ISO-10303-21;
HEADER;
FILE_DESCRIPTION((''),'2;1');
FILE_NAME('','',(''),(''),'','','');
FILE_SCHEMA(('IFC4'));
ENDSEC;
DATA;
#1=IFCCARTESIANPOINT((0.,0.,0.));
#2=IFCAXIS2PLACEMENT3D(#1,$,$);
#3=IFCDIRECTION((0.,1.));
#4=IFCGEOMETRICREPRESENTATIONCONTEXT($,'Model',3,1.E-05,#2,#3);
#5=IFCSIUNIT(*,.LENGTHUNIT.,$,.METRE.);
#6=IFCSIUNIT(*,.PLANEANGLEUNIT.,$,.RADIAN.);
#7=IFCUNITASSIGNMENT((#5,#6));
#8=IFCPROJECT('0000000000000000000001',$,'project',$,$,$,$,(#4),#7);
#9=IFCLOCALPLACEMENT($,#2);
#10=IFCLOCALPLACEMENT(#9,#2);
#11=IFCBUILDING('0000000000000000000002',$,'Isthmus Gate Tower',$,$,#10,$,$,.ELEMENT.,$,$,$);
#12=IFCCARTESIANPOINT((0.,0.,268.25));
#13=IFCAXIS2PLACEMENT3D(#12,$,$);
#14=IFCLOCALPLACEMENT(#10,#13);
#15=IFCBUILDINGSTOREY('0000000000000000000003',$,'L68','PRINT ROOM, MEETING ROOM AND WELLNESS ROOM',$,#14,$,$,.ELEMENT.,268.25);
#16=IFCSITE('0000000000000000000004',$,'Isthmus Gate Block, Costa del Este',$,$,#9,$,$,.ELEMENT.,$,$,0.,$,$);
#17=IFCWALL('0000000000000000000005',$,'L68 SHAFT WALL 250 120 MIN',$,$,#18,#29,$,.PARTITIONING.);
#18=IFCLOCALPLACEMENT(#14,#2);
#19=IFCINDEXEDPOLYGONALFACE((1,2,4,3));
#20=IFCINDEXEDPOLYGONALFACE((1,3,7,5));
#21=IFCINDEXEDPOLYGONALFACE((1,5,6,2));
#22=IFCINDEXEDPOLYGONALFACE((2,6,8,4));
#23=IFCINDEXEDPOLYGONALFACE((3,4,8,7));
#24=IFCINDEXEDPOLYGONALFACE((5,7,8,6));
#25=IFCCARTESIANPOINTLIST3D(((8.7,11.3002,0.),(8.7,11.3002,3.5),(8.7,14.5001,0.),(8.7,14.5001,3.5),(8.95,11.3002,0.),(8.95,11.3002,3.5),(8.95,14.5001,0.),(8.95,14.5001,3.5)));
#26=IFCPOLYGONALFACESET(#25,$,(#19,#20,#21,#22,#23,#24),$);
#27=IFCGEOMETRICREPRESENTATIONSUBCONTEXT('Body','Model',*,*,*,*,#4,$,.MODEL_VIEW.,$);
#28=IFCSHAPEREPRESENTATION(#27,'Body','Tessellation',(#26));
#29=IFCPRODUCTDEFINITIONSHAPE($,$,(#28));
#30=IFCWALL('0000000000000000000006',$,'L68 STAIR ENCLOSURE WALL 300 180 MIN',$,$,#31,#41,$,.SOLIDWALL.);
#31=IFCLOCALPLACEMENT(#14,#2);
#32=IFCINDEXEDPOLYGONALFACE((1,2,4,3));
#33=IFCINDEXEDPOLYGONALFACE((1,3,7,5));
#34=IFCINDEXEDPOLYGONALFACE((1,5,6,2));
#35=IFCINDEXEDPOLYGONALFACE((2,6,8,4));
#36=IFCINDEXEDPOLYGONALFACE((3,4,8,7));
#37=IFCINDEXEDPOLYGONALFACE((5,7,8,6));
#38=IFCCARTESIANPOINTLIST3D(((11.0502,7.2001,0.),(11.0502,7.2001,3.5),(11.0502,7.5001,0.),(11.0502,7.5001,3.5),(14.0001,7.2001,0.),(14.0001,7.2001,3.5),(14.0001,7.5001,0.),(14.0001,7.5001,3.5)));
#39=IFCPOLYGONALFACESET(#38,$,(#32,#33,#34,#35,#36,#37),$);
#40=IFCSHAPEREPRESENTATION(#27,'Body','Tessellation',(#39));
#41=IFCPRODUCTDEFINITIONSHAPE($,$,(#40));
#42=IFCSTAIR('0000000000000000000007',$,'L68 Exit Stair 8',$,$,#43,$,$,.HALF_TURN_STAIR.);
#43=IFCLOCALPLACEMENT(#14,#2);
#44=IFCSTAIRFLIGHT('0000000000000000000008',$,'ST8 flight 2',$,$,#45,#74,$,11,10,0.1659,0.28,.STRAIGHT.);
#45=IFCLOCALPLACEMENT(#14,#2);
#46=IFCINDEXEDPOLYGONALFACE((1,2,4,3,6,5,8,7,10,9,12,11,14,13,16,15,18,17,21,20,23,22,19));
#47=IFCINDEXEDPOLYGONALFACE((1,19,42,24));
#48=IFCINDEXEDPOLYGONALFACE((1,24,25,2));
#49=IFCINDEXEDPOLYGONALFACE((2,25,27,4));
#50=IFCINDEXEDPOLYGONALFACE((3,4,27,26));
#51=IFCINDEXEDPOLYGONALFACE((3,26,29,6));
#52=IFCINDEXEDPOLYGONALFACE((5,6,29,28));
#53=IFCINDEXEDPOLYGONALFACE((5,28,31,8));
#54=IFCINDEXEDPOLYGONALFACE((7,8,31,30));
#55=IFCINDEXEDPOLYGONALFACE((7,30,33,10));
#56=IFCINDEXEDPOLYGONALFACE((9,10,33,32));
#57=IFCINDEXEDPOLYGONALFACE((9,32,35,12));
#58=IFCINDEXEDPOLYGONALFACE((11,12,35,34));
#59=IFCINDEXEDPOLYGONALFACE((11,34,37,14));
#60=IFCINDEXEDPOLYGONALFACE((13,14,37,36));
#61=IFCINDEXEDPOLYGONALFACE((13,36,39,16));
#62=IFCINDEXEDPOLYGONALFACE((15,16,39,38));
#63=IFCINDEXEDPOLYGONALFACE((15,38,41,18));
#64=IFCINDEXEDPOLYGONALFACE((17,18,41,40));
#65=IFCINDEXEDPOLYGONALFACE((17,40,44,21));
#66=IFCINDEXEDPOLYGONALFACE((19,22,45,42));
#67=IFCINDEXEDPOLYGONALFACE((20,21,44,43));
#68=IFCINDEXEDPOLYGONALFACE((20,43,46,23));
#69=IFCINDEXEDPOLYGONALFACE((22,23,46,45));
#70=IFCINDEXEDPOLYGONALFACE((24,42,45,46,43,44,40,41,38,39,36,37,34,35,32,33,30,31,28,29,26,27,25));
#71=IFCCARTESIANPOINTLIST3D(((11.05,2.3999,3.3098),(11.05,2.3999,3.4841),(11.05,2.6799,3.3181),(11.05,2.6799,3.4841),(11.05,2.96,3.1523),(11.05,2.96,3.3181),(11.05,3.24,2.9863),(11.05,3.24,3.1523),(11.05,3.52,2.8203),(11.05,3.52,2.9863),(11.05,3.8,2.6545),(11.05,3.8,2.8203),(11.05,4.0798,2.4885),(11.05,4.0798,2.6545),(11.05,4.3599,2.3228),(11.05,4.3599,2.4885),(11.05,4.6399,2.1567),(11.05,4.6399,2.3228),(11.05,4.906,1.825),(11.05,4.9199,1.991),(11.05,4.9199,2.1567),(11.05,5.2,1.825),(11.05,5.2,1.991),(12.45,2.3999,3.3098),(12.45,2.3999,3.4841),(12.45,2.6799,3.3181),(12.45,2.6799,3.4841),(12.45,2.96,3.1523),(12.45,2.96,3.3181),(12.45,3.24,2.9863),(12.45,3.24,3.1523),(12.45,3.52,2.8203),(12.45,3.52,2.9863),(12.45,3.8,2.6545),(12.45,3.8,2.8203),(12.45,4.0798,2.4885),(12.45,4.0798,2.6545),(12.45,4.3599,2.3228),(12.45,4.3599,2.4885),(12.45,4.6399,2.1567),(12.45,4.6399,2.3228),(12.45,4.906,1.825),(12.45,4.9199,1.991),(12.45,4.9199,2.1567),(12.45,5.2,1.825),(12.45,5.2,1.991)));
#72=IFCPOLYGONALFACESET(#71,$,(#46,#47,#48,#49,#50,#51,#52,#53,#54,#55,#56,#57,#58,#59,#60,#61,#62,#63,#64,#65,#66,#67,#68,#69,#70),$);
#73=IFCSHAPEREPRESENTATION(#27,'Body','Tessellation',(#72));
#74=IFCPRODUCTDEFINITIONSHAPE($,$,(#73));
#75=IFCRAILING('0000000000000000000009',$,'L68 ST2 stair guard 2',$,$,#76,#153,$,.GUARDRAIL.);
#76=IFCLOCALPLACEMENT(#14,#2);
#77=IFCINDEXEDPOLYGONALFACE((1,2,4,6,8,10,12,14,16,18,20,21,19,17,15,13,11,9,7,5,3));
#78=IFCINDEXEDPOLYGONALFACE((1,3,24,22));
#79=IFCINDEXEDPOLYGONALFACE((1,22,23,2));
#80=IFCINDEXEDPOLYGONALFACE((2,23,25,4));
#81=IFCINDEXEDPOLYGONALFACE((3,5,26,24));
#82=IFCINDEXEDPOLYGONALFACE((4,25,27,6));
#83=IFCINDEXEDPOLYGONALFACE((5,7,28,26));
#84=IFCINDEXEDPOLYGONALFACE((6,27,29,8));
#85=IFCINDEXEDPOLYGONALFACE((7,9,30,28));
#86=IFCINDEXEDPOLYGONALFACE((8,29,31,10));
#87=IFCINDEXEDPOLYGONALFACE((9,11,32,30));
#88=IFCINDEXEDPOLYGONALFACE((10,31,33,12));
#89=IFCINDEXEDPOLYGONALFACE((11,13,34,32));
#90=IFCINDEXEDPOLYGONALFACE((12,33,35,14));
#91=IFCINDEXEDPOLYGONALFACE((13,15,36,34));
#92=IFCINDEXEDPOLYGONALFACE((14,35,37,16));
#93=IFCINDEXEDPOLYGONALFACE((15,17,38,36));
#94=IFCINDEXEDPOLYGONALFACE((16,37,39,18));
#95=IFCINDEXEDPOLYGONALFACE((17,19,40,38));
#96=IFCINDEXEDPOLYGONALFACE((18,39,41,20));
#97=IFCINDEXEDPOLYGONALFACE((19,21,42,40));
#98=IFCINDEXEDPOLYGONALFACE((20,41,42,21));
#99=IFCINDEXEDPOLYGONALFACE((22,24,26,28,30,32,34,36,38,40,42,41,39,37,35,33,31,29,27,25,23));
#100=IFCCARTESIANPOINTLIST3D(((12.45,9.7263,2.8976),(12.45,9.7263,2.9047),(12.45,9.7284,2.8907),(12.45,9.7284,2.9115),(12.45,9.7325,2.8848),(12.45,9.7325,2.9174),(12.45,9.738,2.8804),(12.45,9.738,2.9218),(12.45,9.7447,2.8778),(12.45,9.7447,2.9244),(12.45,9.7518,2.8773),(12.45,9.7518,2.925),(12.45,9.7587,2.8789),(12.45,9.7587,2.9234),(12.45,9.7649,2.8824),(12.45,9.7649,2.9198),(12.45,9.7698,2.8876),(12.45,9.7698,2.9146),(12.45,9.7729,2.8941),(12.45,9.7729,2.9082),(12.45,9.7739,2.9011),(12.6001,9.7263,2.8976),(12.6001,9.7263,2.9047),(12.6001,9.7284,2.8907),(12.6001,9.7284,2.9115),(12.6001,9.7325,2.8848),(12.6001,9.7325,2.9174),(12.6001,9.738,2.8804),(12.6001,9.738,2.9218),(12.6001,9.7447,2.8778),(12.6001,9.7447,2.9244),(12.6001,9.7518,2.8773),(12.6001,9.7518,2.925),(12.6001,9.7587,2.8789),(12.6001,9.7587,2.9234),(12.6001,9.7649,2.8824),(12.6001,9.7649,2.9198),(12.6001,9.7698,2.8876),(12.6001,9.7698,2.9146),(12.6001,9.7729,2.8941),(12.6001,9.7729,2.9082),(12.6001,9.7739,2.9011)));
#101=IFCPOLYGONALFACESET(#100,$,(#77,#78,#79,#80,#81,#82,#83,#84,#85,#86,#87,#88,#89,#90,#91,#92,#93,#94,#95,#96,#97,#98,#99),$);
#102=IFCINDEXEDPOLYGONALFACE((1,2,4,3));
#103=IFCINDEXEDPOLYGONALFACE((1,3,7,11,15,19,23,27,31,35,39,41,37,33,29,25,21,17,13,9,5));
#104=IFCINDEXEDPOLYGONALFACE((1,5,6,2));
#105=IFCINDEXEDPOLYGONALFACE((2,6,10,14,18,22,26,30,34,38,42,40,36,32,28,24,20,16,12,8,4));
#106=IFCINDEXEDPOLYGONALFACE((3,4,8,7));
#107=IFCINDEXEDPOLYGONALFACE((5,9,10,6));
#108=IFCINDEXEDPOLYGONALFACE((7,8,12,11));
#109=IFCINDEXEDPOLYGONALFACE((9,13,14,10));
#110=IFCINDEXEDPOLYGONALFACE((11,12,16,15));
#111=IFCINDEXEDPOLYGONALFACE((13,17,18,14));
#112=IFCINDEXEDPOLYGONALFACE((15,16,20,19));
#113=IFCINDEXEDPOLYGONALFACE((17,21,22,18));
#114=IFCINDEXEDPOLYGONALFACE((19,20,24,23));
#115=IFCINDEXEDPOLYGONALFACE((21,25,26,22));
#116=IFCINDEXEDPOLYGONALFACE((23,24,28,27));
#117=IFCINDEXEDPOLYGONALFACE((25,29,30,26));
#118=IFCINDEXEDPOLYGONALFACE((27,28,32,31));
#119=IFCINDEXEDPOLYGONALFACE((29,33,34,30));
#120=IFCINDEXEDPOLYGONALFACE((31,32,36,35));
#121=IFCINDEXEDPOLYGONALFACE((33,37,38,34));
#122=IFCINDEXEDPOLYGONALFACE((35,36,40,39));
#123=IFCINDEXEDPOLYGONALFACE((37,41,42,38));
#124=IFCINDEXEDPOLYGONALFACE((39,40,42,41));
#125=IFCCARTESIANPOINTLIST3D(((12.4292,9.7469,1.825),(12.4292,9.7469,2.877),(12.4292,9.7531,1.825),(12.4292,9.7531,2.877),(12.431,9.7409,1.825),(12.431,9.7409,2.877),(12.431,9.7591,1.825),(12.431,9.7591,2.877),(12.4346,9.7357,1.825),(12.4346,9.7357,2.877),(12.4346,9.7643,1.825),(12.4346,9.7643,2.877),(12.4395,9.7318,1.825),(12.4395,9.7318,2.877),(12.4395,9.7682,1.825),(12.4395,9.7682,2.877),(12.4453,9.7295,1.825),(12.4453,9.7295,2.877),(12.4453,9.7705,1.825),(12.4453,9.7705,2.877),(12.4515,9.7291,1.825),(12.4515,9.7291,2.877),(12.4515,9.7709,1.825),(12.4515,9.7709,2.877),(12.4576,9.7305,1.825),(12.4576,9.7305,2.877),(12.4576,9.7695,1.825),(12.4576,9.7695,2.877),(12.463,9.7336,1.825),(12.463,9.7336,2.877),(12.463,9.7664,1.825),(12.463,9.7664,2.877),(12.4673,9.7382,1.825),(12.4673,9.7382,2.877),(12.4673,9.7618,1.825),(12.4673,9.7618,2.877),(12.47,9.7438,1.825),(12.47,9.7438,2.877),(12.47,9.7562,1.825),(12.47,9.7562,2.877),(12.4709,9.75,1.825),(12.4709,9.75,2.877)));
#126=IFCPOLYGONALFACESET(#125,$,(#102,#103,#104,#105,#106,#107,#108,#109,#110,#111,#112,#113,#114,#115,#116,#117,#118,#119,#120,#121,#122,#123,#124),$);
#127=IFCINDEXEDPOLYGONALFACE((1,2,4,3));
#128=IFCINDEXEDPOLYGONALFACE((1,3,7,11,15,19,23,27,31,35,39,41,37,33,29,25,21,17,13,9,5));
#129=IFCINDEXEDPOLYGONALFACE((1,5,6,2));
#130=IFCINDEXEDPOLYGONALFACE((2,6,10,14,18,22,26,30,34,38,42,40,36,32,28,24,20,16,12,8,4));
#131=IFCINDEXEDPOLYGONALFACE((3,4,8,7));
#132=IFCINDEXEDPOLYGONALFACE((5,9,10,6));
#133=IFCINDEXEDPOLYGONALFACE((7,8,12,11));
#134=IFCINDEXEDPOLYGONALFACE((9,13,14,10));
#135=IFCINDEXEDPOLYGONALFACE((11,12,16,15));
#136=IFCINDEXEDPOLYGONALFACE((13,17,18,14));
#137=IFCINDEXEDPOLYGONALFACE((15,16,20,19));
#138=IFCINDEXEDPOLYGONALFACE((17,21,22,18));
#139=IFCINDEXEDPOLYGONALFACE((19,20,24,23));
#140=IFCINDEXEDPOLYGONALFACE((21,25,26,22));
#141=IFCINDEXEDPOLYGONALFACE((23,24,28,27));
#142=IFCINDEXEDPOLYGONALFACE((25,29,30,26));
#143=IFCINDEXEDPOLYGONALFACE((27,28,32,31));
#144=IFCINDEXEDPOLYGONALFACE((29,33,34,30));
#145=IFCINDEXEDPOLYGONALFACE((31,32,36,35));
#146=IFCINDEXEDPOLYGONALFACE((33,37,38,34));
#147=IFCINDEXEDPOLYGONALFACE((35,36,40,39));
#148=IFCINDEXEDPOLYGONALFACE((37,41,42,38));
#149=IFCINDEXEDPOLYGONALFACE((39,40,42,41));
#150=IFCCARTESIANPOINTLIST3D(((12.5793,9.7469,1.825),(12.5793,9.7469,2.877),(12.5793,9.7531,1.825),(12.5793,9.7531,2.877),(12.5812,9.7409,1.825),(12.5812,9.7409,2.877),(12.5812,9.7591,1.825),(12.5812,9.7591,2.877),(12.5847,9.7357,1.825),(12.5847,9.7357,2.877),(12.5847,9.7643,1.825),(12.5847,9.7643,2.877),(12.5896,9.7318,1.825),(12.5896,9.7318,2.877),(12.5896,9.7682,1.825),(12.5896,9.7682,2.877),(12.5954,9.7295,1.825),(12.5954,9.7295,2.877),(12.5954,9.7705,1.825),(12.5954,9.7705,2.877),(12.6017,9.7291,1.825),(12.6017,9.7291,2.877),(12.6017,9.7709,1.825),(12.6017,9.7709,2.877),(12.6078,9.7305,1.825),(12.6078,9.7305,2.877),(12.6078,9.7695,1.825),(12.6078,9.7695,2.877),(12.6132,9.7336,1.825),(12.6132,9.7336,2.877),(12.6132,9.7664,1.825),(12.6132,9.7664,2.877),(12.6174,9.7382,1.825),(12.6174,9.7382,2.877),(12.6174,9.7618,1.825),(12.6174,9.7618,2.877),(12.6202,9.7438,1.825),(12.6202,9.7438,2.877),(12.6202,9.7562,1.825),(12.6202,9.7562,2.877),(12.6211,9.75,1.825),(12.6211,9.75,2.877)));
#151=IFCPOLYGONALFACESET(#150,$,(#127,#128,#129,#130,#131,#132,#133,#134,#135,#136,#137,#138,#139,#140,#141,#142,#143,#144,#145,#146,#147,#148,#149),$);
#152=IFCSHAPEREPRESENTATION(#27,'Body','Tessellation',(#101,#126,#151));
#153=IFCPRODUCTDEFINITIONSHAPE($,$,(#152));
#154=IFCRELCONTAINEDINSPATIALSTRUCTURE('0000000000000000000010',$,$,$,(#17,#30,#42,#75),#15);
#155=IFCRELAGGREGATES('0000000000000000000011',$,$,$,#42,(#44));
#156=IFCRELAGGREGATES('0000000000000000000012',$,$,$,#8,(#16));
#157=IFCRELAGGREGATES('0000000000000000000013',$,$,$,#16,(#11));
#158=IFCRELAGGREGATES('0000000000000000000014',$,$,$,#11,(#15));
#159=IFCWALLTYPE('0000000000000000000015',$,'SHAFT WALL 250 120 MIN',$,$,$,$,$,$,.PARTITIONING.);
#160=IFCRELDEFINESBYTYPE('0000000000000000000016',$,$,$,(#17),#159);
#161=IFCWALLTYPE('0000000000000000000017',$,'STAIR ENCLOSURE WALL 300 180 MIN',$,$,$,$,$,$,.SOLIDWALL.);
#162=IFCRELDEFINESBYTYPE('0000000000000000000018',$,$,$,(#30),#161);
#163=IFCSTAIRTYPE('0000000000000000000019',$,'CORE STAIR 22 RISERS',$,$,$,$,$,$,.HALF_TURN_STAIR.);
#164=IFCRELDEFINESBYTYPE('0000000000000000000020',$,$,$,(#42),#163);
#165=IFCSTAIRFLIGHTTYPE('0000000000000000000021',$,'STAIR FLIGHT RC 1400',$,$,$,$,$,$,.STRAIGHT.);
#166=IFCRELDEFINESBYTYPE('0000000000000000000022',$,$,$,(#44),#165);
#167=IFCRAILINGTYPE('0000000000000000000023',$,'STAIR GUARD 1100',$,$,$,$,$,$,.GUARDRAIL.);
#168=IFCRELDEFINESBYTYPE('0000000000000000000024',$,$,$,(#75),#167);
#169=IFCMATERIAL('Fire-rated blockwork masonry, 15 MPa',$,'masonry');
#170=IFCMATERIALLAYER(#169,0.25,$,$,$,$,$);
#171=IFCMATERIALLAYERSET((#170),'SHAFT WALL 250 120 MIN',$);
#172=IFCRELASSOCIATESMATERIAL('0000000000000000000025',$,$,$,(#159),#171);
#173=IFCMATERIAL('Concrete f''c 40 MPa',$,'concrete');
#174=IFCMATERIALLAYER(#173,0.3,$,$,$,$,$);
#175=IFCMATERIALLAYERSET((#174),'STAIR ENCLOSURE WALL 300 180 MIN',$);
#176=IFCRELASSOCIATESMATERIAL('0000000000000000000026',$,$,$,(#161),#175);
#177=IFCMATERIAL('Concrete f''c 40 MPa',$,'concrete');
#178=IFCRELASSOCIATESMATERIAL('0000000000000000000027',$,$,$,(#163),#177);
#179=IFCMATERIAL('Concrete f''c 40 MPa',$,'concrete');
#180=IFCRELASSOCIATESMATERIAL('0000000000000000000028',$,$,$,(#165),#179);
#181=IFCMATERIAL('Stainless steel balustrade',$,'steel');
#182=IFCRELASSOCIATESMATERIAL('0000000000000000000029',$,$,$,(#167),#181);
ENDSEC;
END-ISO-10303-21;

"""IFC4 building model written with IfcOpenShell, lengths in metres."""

from ifc_helpers import new_model, si_unit, direction, frame, frame_2d, origin, origin_2d, place, context, subcontext, project, spatial, polyline, rectangle, circle, outline, extrude, material, layer, layer_set, type_object, element, aggregate, save


model = new_model("IFC4")

# Units and contexts
model_context = context("Model", 3, precision=1e-05, world=origin(), true_north=direction((0.0, 1.0)))
body_context = subcontext(model_context, "Body", "Model", "MODEL_VIEW")
ifc_project = project(units=[si_unit("LENGTHUNIT", "METRE"), si_unit("PLANEANGLEUNIT", "RADIAN")], contexts=[model_context])

# Site, building, storey
site_placement = place(None, origin())
site = spatial("IfcSite", under=ifc_project, at=site_placement, Name="Isthmus Gate Block, Costa del Este", CompositionType="ELEMENT", RefElevation=0.0)
building_placement = place(site_placement, origin())
building = spatial("IfcBuilding", under=site, at=building_placement, Name="Isthmus Gate Tower", CompositionType="ELEMENT")
storey_placement = place(building_placement, frame((0.0, 0.0, 268.25)))
storey = spatial("IfcBuildingStorey", under=building, at=storey_placement, Name="L68", Description="PRINT ROOM, MEETING ROOM AND WELLNESS ROOM", CompositionType="ELEMENT", Elevation=268.25)

# Walls
ifc_material_1 = material(Name="Fire-rated blockwork masonry, 15 MPa", Category="masonry")
ifc_layer_1 = layer(ifc_material_1, 0.25)
ifc_layer_set_1 = layer_set([ifc_layer_1], Name="SHAFT WALL 250 120 MIN")
wall_type_1 = type_object("IfcWallType", Name="SHAFT WALL 250 120 MIN", PredefinedType="PARTITIONING", material=ifc_layer_set_1)
for number, where, z_axis, x_axis, name in (
    (1, (8.825, 11.3, 0.0), (0.0, 0.0, 1.0), (0.0, 1.0, 0.0), "L68 SHAFT WALL 250 120 MIN"),
):
    element("IfcWall", number, at=place(storey_placement, frame(where, z_axis=z_axis, x_axis=x_axis)), inside=storey, type_object=wall_type_1, Name=name, PredefinedType="PARTITIONING", context=body_context, shape_type="SweptSolid", body=[
        extrude(rectangle(XDim=3.2, YDim=0.25, at=frame_2d((1.6001, 0.0))), origin(), (0.0, 0.0, 1.0), 3.5),
    ])
ifc_material_2 = material(Name="Concrete f'c 40 MPa", Category="concrete")
ifc_layer_2 = layer(ifc_material_2, 0.3)
ifc_layer_set_2 = layer_set([ifc_layer_2], Name="STAIR ENCLOSURE WALL 300 180 MIN")
wall_type_2 = type_object("IfcWallType", Name="STAIR ENCLOSURE WALL 300 180 MIN", PredefinedType="SOLIDWALL", material=ifc_layer_set_2)
wall_1_placement = place(storey_placement, frame((11.05, 7.3501, 0.0), z_axis=(0.0, 0.0, 1.0), x_axis=(1.0, 0.0, 0.0)))
element("IfcWall", 2, at=wall_1_placement, inside=storey, type_object=wall_type_2, Name="L68 STAIR ENCLOSURE WALL 300 180 MIN", PredefinedType="SOLIDWALL", context=body_context, shape_type="SweptSolid", body=[
    extrude(rectangle(XDim=2.95, YDim=0.3, at=frame_2d((1.4751, 0.0))), origin(), (0.0, 0.0, 1.0), 3.5),
])

# Stair, stair flight
ifc_material_3 = material(Name="Concrete f'c 40 MPa", Category="concrete")
stair_type = type_object("IfcStairType", Name="CORE STAIR 22 RISERS", PredefinedType="HALF_TURN_STAIR", material=ifc_material_3)
stair_placement = place(storey_placement, origin())
stair = element("IfcStair", 3, at=stair_placement, inside=storey, type_object=stair_type, Name="L68 Exit Stair 8", PredefinedType="HALF_TURN_STAIR")
ifc_material_4 = material(Name="Concrete f'c 40 MPa", Category="concrete")
stair_flight_type = type_object("IfcStairFlightType", Name="STAIR FLIGHT RC 1400", PredefinedType="STRAIGHT", material=ifc_material_4)
stair_flight_placement = place(storey_placement, frame((11.75, 5.2, 1.825), z_axis=(0.0, 0.0, 1.0), x_axis=(0.0, -1.0, 0.0)))
stair_flight = element("IfcStairFlight", 4, at=stair_flight_placement, type_object=stair_flight_type, Name="ST8 flight 2", NumberOfRisers=11, NumberOfTreads=10, PredefinedType="STRAIGHT", RiserHeight=0.1659, TreadLength=0.28, context=body_context, shape_type="SweptSolid", body=[
    extrude(outline(polyline([(0.0, 0.0), (0.0, 0.166), (0.28, 0.166), (0.28, 0.3318), (0.5601, 0.3318), (0.5601, 0.4978), (0.8401, 0.4978), (0.8401, 0.6636), (1.1201, 0.6636), (1.1201, 0.8296), (1.3999, 0.8296), (1.3999, 0.9954), (1.6799, 0.9954), (1.6799, 1.1614), (1.96, 1.1614), (1.96, 1.3274), (2.24, 1.3274), (2.24, 1.4932), (2.52, 1.4932), (2.52, 1.6592), (2.8, 1.6592), (2.8, 1.825), (2.8, 1.4849), (0.2939, 0.0), (0.0, 0.0)])), frame((0.0, 0.7, 0.0), z_axis=(0.0, -1.0, 0.0), x_axis=(1.0, 0.0, 0.0)), (0.0, 0.0, 1.0), 1.3999),
])
aggregate(stair, [stair_flight])

# Railing
ifc_material_5 = material(Name="Stainless steel balustrade", Category="steel")
railing_type_1 = type_object("IfcRailingType", Name="STAIR GUARD 1100", PredefinedType="GUARDRAIL", material=ifc_material_5)
railing_1_placement = place(storey_placement, frame((12.45, 9.75, 1.825)))
element("IfcRailing", 5, at=railing_1_placement, inside=storey, type_object=railing_type_1, Name="L68 ST2 stair guard 2", PredefinedType="GUARDRAIL", context=body_context, shape_type="SweptSolid", body=[
    extrude(circle(Radius=0.0239, at=origin_2d()), frame((0.0, 0.0, 1.0762), z_axis=(1.0, 0.0, 0.0), x_axis=(0.0, 1.0, 0.0)), (0.0, 0.0, 1.0), 0.1501),
    extrude(circle(Radius=0.021, at=origin_2d()), origin(), (0.0, 0.0, 1.0), 1.052),
    extrude(circle(Radius=0.021, at=origin_2d()), frame((0.1501, 0.0, 0.0)), (0.0, 0.0, 1.0), 1.052),
])

save(model, "model.ifc")
